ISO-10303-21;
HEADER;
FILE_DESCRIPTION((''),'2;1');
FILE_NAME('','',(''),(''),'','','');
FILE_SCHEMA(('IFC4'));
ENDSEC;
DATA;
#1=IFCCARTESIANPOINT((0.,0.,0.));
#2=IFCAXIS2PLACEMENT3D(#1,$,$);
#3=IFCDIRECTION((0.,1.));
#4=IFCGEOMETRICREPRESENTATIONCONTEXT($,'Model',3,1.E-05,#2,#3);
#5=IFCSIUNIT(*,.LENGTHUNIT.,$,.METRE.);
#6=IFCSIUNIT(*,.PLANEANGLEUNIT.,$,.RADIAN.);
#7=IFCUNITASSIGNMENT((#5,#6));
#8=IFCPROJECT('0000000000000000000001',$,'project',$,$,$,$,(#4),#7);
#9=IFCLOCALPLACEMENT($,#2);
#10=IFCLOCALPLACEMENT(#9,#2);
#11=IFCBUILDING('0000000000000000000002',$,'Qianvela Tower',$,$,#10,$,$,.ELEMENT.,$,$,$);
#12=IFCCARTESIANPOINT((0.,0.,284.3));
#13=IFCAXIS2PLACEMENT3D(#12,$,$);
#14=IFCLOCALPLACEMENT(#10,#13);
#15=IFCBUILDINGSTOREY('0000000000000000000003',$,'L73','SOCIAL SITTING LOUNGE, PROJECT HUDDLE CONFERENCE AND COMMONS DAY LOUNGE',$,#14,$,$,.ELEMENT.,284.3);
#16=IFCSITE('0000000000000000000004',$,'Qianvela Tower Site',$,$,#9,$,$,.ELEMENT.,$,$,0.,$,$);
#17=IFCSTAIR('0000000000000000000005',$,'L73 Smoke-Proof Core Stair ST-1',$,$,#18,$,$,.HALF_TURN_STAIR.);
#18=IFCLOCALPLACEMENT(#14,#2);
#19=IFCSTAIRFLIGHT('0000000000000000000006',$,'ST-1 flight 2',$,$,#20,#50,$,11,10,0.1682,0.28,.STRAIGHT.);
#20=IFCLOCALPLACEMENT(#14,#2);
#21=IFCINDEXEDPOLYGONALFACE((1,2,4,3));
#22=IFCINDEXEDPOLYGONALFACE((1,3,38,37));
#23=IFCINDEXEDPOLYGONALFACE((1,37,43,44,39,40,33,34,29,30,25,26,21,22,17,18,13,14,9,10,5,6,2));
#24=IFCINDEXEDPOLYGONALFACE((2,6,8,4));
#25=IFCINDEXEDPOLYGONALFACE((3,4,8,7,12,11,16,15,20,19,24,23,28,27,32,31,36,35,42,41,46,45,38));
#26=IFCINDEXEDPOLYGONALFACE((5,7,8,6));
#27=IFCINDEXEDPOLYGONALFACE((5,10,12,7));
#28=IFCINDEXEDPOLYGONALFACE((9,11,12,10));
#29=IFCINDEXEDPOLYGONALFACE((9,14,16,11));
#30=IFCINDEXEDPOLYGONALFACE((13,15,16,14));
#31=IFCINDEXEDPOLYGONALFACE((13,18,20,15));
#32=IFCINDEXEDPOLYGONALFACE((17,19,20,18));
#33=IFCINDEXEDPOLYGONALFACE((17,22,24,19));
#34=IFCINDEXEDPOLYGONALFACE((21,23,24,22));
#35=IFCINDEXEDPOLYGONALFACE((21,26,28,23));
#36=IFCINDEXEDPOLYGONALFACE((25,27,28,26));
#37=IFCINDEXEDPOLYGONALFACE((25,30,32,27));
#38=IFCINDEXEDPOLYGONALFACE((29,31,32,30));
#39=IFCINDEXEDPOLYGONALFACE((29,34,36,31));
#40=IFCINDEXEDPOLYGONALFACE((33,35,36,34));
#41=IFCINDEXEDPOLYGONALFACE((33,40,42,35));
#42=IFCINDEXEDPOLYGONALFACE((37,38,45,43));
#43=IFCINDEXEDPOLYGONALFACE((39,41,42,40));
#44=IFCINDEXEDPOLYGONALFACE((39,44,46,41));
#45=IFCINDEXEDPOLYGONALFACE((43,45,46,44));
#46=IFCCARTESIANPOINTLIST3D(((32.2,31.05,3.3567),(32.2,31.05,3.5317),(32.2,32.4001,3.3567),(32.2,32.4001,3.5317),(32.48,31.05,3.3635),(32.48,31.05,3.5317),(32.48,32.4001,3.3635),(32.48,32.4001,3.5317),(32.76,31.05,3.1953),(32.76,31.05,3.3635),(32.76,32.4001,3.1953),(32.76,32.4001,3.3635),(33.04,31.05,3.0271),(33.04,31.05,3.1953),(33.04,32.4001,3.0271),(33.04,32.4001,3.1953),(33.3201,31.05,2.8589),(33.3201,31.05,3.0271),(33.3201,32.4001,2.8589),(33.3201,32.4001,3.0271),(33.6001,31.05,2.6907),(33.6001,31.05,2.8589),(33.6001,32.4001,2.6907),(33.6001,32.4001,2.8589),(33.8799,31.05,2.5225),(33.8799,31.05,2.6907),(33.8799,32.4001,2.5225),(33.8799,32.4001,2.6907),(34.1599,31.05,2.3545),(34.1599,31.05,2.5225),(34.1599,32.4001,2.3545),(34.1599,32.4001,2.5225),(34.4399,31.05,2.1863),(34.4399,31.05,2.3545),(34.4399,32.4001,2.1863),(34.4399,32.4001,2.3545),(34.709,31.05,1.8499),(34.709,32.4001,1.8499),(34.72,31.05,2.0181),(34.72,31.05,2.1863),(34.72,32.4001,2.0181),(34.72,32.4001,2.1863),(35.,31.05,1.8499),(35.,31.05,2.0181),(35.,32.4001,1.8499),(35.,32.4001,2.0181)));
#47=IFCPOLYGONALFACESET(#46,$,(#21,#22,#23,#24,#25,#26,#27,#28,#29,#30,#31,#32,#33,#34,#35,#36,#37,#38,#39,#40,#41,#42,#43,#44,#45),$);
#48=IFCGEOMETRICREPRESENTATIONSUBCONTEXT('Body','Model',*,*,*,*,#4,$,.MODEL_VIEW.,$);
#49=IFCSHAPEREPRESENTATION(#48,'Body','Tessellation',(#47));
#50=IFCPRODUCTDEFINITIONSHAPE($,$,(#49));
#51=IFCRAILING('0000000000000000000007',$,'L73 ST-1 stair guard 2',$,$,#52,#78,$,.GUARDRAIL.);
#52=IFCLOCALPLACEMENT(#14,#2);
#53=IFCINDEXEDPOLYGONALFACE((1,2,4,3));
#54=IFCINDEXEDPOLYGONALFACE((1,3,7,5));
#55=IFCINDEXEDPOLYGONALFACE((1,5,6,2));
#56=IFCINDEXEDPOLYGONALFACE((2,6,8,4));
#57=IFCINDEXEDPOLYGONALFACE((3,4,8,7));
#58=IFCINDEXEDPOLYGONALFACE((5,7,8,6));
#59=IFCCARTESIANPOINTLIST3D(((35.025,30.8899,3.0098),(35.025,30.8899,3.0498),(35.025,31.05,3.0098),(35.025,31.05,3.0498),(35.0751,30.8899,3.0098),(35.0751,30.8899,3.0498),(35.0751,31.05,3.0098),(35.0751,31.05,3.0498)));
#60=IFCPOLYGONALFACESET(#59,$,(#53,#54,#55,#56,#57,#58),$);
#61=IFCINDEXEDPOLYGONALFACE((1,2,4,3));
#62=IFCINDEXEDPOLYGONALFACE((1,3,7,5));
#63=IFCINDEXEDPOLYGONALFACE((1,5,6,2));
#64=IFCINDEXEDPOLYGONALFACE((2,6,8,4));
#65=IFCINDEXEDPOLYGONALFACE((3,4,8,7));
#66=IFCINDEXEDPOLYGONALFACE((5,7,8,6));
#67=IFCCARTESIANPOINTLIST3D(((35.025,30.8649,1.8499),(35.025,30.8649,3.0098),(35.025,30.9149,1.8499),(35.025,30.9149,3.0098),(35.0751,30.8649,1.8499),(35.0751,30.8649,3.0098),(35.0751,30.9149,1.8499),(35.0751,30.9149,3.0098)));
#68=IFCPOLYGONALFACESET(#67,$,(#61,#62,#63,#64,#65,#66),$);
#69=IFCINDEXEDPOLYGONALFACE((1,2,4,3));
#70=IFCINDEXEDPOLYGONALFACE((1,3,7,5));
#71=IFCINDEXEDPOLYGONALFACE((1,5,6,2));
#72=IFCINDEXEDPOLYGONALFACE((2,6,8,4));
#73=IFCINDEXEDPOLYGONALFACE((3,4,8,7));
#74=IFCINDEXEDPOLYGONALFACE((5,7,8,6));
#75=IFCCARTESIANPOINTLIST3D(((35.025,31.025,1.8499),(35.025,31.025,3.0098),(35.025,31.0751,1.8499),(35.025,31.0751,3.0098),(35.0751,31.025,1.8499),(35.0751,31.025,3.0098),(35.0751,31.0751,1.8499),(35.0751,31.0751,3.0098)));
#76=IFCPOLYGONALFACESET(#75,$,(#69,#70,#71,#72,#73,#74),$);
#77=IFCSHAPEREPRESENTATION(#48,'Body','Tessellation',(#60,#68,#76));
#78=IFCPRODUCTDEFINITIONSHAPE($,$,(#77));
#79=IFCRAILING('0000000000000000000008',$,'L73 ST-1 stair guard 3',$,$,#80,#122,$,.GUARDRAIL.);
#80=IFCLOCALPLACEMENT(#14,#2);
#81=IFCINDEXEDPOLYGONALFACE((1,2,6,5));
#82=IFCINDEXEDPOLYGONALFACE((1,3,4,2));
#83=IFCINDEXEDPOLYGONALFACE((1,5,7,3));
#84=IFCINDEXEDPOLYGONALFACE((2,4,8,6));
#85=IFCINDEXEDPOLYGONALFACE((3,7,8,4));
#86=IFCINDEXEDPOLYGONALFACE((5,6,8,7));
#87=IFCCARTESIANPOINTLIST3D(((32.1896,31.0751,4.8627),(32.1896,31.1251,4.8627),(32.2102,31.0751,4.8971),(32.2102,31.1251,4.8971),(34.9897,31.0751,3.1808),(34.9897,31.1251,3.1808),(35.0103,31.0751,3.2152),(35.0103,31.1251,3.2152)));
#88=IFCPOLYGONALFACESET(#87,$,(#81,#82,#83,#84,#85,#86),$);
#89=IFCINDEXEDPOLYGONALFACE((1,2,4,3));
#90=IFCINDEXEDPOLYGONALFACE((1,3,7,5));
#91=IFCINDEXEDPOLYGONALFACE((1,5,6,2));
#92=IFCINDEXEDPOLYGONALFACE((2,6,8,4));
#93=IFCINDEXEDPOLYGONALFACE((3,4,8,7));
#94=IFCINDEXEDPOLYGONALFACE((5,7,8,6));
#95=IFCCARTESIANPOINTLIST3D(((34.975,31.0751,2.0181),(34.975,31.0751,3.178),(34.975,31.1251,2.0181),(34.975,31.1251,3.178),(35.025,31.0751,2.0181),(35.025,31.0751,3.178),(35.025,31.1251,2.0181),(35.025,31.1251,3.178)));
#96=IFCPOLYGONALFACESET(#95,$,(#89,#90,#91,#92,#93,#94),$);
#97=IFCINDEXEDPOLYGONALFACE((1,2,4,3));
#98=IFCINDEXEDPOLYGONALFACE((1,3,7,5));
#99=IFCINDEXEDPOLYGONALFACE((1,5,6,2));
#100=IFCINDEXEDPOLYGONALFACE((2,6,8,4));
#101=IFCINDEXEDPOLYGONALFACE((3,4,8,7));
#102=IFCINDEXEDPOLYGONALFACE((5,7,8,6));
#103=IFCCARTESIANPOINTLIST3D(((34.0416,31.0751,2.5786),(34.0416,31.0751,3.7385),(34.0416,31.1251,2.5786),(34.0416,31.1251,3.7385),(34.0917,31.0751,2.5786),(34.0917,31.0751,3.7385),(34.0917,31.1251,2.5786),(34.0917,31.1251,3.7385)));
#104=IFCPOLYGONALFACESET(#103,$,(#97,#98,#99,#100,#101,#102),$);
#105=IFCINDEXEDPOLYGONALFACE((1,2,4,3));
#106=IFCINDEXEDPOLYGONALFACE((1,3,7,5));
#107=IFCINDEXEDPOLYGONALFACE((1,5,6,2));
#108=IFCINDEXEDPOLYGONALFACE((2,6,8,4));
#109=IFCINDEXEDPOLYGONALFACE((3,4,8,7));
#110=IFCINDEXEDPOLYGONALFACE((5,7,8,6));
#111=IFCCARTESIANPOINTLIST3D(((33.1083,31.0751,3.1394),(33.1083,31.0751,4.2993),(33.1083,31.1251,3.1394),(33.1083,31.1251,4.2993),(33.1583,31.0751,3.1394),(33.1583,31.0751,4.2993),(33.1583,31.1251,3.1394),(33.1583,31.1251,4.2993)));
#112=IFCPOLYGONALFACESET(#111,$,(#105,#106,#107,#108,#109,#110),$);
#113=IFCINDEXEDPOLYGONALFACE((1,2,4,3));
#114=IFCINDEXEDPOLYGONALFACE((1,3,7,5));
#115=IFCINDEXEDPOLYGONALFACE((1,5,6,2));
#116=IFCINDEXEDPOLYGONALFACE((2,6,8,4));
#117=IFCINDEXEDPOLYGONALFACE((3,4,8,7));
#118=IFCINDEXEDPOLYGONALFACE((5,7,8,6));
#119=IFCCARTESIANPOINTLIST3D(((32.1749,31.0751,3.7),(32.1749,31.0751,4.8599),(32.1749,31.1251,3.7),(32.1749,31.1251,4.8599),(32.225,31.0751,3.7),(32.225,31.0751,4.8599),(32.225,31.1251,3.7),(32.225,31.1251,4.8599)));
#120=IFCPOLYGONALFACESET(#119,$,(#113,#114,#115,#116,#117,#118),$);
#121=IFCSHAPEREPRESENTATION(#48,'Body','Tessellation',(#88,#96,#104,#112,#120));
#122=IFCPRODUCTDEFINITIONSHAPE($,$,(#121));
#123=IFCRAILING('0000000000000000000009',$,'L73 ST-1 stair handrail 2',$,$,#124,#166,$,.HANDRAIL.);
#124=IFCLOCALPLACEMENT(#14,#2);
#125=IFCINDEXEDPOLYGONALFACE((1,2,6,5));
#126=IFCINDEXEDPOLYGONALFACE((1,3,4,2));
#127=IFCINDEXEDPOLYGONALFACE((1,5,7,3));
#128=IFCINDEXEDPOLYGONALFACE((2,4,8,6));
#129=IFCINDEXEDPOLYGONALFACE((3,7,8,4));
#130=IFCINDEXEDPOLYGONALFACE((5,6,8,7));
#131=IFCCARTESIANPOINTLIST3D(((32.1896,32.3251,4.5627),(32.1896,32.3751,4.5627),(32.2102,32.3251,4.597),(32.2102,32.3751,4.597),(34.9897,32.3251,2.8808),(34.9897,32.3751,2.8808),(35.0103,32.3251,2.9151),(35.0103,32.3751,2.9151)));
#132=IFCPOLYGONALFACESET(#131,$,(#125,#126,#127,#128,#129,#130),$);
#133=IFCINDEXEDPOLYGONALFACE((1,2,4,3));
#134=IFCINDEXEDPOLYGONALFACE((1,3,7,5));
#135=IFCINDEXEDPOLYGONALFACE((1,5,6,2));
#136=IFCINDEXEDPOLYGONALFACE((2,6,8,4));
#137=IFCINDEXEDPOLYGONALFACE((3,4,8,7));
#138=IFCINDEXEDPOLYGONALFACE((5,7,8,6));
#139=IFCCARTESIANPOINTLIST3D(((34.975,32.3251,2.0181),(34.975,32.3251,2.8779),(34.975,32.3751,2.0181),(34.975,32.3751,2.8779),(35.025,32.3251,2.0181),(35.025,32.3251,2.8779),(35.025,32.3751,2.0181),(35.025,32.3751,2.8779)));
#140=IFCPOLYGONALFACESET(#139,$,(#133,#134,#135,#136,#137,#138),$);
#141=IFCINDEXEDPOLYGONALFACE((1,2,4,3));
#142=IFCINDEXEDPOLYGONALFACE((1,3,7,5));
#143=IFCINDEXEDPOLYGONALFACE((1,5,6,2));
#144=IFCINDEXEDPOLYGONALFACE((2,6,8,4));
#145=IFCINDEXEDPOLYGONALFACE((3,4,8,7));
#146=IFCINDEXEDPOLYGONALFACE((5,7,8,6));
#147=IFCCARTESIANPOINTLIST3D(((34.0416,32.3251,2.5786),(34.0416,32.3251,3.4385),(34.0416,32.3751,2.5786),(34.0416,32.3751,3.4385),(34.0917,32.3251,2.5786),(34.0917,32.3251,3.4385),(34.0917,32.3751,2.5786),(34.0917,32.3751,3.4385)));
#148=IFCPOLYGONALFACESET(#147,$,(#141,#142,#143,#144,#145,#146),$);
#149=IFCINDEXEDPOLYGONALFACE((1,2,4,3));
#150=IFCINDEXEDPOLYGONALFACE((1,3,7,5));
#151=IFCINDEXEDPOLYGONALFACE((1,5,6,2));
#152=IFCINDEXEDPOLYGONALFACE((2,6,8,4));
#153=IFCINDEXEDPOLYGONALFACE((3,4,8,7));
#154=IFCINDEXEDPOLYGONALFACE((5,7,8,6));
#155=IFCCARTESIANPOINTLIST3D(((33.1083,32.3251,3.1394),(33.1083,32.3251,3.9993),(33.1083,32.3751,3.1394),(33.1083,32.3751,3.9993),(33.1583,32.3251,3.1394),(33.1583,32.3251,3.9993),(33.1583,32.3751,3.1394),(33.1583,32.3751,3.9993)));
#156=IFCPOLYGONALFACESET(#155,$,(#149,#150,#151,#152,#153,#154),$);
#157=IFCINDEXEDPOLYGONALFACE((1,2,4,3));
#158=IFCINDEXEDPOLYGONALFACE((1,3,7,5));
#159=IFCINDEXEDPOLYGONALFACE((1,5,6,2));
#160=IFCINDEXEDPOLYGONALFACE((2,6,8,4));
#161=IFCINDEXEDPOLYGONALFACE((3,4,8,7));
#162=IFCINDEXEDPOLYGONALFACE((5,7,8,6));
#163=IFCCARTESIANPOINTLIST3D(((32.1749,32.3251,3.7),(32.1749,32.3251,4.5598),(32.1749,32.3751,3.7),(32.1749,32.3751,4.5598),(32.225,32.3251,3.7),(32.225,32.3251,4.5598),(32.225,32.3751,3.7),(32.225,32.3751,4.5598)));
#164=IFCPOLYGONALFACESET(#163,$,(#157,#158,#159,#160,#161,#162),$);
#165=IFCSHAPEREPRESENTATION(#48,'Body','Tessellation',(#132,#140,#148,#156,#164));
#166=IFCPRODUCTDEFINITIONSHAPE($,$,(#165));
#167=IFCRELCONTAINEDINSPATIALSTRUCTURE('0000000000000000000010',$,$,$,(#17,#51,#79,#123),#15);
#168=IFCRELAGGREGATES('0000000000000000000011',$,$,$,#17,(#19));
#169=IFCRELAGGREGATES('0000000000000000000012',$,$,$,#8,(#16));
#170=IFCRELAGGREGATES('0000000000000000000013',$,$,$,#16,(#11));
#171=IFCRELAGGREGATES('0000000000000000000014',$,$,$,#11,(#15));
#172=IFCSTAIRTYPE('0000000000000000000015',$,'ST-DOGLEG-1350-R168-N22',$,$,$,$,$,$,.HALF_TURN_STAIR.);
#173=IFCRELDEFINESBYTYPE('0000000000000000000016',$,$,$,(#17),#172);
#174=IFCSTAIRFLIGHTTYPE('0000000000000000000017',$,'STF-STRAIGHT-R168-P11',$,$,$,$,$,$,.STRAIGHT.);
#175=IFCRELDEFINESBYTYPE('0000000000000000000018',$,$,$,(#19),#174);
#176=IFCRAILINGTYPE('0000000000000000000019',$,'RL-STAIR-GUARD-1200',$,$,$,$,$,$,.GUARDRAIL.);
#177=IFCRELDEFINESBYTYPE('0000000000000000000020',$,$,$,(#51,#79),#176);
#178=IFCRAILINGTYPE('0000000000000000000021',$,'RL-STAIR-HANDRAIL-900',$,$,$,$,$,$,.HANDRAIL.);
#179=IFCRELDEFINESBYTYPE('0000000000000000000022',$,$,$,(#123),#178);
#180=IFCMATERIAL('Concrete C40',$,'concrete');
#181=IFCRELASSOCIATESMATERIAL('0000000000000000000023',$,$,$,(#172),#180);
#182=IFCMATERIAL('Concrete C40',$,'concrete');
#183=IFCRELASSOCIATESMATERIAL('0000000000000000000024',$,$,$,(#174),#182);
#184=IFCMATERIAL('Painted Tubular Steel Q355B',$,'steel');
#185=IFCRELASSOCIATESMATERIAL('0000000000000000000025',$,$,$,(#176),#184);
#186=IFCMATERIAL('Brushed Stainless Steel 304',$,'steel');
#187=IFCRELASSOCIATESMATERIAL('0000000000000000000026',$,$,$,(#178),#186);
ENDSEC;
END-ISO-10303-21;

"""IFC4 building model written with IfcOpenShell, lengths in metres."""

from ifc_helpers import new_model, si_unit, direction, frame, origin, origin_2d, place, context, subcontext, project, spatial, polyline, rectangle, outline, extrude, material, type_object, element, aggregate, save


model = new_model("IFC4")

# Units and contexts
model_context = context("Model", 3, precision=1e-05, world=origin(), true_north=direction((0.0, 1.0)))
body_context = subcontext(model_context, "Body", "Model", "MODEL_VIEW")
ifc_project = project(units=[si_unit("LENGTHUNIT", "METRE"), si_unit("PLANEANGLEUNIT", "RADIAN")], contexts=[model_context])

# Site, building, storey
site_placement = place(None, origin())
site = spatial("IfcSite", under=ifc_project, at=site_placement, Name="Qianvela Tower Site", CompositionType="ELEMENT", RefElevation=0.0)
building_placement = place(site_placement, origin())
building = spatial("IfcBuilding", under=site, at=building_placement, Name="Qianvela Tower", CompositionType="ELEMENT")
storey_placement = place(building_placement, frame((0.0, 0.0, 284.3)))
storey = spatial("IfcBuildingStorey", under=building, at=storey_placement, Name="L73", Description="SOCIAL SITTING LOUNGE, PROJECT HUDDLE CONFERENCE AND COMMONS DAY LOUNGE", CompositionType="ELEMENT", Elevation=284.3)

# Stair, stair flight
ifc_material_1 = material(Name="Concrete C40", Category="concrete")
stair_type = type_object("IfcStairType", Name="ST-DOGLEG-1350-R168-N22", PredefinedType="HALF_TURN_STAIR", material=ifc_material_1)
stair_placement = place(storey_placement, origin())
stair = element("IfcStair", 1, at=stair_placement, inside=storey, type_object=stair_type, Name="L73 Smoke-Proof Core Stair ST-1", PredefinedType="HALF_TURN_STAIR")
ifc_material_2 = material(Name="Concrete C40", Category="concrete")
stair_flight_type = type_object("IfcStairFlightType", Name="STF-STRAIGHT-R168-P11", PredefinedType="STRAIGHT", material=ifc_material_2)
stair_flight_placement = place(storey_placement, frame((35.0, 31.7251, 1.8499), z_axis=(0.0, 0.0, 1.0), x_axis=(-1.0, 0.0, 0.0)))
stair_flight = element("IfcStairFlight", 2, at=stair_flight_placement, type_object=stair_flight_type, Name="ST-1 flight 2", NumberOfRisers=11, NumberOfTreads=10, PredefinedType="STRAIGHT", RiserHeight=0.1682, TreadLength=0.28, context=body_context, shape_type="SweptSolid", body=[
    extrude(outline(polyline([(0.0, 0.0), (0.0, 0.1682), (0.28, 0.1682), (0.28, 0.3364), (0.5601, 0.3364), (0.5601, 0.5046), (0.8401, 0.5046), (0.8401, 0.6726), (1.1201, 0.6726), (1.1201, 0.8408), (1.3999, 0.8408), (1.3999, 1.009), (1.6799, 1.009), (1.6799, 1.1772), (1.96, 1.1772), (1.96, 1.3455), (2.24, 1.3455), (2.24, 1.5137), (2.52, 1.5137), (2.52, 1.6819), (2.8, 1.6819), (2.8, 1.8501), (2.8, 1.5068), (0.291, 0.0), (0.0, 0.0)])), frame((0.0, 0.675, 0.0), z_axis=(0.0, -1.0, 0.0), x_axis=(1.0, 0.0, 0.0)), (0.0, 0.0, 1.0), 1.3501),
])
aggregate(stair, [stair_flight])

# Railings
ifc_material_3 = material(Name="Painted Tubular Steel Q355B", Category="steel")
railing_type_1 = type_object("IfcRailingType", Name="RL-STAIR-GUARD-1200", PredefinedType="GUARDRAIL", material=ifc_material_3)
railing_1_placement = place(storey_placement, frame((35.05, 30.8899, 1.8499)))
element("IfcRailing", 3, at=railing_1_placement, inside=storey, type_object=railing_type_1, Name="L73 ST-1 stair guard 2", PredefinedType="GUARDRAIL", context=body_context, shape_type="SweptSolid", body=[
    extrude(rectangle(XDim=0.05, YDim=0.04, at=origin_2d()), frame((0.0, 0.0, 1.1799), z_axis=(0.0, 1.0, 0.0), x_axis=(-1.0, 0.0, 0.0)), (0.0, 0.0, 1.0), 0.1602),
    extrude(rectangle(XDim=0.05, YDim=0.05, at=origin_2d()), origin(), (0.0, 0.0, 1.0), 1.1599),
    extrude(rectangle(XDim=0.05, YDim=0.05, at=origin_2d()), frame((0.0, 0.1602, 0.0)), (0.0, 0.0, 1.0), 1.1599),
])
railing_2_placement = place(storey_placement, frame((35.0, 31.1001, 2.0181)))
element("IfcRailing", 4, at=railing_2_placement, inside=storey, type_object=railing_type_1, Name="L73 ST-1 stair guard 3", PredefinedType="GUARDRAIL", context=body_context, shape_type="SweptSolid", body=[
    extrude(rectangle(XDim=0.05, YDim=0.04, at=origin_2d()), frame((0.0, 0.0, 1.1799), z_axis=(-0.857242, 0.0, 0.514913), x_axis=(0.0, -1.0, 0.0)), (0.0, 0.0, 1.0), 3.2664),
    extrude(rectangle(XDim=0.05, YDim=0.05, at=origin_2d()), origin(), (0.0, 0.0, 1.0), 1.1599),
    extrude(rectangle(XDim=0.05, YDim=0.05, at=origin_2d()), frame((-0.9333, 0.0, 0.5605)), (0.0, 0.0, 1.0), 1.1599),
    extrude(rectangle(XDim=0.05, YDim=0.05, at=origin_2d()), frame((-1.8667, 0.0, 1.1213)), (0.0, 0.0, 1.0), 1.1599),
    extrude(rectangle(XDim=0.05, YDim=0.05, at=origin_2d()), frame((-2.8, 0.0, 1.6819)), (0.0, 0.0, 1.0), 1.1599),
])
ifc_material_4 = material(Name="Brushed Stainless Steel 304", Category="steel")
railing_type_2 = type_object("IfcRailingType", Name="RL-STAIR-HANDRAIL-900", PredefinedType="HANDRAIL", material=ifc_material_4)
railing_3_placement = place(storey_placement, frame((35.0, 32.3501, 2.0181)))
element("IfcRailing", 5, at=railing_3_placement, inside=storey, type_object=railing_type_2, Name="L73 ST-1 stair handrail 2", PredefinedType="HANDRAIL", context=body_context, shape_type="SweptSolid", body=[
    extrude(rectangle(XDim=0.05, YDim=0.04, at=origin_2d()), frame((0.0, 0.0, 0.8799), z_axis=(-0.857242, 0.0, 0.514913), x_axis=(0.0, -1.0, 0.0)), (0.0, 0.0, 1.0), 3.2664),
    extrude(rectangle(XDim=0.05, YDim=0.05, at=origin_2d()), origin(), (0.0, 0.0, 1.0), 0.8599),
    extrude(rectangle(XDim=0.05, YDim=0.05, at=origin_2d()), frame((-0.9333, 0.0, 0.5605)), (0.0, 0.0, 1.0), 0.8599),
    extrude(rectangle(XDim=0.05, YDim=0.05, at=origin_2d()), frame((-1.8667, 0.0, 1.1213)), (0.0, 0.0, 1.0), 0.8599),
    extrude(rectangle(XDim=0.05, YDim=0.05, at=origin_2d()), frame((-2.8, 0.0, 1.6819)), (0.0, 0.0, 1.0), 0.8599),
])

save(model, "model.ifc")
